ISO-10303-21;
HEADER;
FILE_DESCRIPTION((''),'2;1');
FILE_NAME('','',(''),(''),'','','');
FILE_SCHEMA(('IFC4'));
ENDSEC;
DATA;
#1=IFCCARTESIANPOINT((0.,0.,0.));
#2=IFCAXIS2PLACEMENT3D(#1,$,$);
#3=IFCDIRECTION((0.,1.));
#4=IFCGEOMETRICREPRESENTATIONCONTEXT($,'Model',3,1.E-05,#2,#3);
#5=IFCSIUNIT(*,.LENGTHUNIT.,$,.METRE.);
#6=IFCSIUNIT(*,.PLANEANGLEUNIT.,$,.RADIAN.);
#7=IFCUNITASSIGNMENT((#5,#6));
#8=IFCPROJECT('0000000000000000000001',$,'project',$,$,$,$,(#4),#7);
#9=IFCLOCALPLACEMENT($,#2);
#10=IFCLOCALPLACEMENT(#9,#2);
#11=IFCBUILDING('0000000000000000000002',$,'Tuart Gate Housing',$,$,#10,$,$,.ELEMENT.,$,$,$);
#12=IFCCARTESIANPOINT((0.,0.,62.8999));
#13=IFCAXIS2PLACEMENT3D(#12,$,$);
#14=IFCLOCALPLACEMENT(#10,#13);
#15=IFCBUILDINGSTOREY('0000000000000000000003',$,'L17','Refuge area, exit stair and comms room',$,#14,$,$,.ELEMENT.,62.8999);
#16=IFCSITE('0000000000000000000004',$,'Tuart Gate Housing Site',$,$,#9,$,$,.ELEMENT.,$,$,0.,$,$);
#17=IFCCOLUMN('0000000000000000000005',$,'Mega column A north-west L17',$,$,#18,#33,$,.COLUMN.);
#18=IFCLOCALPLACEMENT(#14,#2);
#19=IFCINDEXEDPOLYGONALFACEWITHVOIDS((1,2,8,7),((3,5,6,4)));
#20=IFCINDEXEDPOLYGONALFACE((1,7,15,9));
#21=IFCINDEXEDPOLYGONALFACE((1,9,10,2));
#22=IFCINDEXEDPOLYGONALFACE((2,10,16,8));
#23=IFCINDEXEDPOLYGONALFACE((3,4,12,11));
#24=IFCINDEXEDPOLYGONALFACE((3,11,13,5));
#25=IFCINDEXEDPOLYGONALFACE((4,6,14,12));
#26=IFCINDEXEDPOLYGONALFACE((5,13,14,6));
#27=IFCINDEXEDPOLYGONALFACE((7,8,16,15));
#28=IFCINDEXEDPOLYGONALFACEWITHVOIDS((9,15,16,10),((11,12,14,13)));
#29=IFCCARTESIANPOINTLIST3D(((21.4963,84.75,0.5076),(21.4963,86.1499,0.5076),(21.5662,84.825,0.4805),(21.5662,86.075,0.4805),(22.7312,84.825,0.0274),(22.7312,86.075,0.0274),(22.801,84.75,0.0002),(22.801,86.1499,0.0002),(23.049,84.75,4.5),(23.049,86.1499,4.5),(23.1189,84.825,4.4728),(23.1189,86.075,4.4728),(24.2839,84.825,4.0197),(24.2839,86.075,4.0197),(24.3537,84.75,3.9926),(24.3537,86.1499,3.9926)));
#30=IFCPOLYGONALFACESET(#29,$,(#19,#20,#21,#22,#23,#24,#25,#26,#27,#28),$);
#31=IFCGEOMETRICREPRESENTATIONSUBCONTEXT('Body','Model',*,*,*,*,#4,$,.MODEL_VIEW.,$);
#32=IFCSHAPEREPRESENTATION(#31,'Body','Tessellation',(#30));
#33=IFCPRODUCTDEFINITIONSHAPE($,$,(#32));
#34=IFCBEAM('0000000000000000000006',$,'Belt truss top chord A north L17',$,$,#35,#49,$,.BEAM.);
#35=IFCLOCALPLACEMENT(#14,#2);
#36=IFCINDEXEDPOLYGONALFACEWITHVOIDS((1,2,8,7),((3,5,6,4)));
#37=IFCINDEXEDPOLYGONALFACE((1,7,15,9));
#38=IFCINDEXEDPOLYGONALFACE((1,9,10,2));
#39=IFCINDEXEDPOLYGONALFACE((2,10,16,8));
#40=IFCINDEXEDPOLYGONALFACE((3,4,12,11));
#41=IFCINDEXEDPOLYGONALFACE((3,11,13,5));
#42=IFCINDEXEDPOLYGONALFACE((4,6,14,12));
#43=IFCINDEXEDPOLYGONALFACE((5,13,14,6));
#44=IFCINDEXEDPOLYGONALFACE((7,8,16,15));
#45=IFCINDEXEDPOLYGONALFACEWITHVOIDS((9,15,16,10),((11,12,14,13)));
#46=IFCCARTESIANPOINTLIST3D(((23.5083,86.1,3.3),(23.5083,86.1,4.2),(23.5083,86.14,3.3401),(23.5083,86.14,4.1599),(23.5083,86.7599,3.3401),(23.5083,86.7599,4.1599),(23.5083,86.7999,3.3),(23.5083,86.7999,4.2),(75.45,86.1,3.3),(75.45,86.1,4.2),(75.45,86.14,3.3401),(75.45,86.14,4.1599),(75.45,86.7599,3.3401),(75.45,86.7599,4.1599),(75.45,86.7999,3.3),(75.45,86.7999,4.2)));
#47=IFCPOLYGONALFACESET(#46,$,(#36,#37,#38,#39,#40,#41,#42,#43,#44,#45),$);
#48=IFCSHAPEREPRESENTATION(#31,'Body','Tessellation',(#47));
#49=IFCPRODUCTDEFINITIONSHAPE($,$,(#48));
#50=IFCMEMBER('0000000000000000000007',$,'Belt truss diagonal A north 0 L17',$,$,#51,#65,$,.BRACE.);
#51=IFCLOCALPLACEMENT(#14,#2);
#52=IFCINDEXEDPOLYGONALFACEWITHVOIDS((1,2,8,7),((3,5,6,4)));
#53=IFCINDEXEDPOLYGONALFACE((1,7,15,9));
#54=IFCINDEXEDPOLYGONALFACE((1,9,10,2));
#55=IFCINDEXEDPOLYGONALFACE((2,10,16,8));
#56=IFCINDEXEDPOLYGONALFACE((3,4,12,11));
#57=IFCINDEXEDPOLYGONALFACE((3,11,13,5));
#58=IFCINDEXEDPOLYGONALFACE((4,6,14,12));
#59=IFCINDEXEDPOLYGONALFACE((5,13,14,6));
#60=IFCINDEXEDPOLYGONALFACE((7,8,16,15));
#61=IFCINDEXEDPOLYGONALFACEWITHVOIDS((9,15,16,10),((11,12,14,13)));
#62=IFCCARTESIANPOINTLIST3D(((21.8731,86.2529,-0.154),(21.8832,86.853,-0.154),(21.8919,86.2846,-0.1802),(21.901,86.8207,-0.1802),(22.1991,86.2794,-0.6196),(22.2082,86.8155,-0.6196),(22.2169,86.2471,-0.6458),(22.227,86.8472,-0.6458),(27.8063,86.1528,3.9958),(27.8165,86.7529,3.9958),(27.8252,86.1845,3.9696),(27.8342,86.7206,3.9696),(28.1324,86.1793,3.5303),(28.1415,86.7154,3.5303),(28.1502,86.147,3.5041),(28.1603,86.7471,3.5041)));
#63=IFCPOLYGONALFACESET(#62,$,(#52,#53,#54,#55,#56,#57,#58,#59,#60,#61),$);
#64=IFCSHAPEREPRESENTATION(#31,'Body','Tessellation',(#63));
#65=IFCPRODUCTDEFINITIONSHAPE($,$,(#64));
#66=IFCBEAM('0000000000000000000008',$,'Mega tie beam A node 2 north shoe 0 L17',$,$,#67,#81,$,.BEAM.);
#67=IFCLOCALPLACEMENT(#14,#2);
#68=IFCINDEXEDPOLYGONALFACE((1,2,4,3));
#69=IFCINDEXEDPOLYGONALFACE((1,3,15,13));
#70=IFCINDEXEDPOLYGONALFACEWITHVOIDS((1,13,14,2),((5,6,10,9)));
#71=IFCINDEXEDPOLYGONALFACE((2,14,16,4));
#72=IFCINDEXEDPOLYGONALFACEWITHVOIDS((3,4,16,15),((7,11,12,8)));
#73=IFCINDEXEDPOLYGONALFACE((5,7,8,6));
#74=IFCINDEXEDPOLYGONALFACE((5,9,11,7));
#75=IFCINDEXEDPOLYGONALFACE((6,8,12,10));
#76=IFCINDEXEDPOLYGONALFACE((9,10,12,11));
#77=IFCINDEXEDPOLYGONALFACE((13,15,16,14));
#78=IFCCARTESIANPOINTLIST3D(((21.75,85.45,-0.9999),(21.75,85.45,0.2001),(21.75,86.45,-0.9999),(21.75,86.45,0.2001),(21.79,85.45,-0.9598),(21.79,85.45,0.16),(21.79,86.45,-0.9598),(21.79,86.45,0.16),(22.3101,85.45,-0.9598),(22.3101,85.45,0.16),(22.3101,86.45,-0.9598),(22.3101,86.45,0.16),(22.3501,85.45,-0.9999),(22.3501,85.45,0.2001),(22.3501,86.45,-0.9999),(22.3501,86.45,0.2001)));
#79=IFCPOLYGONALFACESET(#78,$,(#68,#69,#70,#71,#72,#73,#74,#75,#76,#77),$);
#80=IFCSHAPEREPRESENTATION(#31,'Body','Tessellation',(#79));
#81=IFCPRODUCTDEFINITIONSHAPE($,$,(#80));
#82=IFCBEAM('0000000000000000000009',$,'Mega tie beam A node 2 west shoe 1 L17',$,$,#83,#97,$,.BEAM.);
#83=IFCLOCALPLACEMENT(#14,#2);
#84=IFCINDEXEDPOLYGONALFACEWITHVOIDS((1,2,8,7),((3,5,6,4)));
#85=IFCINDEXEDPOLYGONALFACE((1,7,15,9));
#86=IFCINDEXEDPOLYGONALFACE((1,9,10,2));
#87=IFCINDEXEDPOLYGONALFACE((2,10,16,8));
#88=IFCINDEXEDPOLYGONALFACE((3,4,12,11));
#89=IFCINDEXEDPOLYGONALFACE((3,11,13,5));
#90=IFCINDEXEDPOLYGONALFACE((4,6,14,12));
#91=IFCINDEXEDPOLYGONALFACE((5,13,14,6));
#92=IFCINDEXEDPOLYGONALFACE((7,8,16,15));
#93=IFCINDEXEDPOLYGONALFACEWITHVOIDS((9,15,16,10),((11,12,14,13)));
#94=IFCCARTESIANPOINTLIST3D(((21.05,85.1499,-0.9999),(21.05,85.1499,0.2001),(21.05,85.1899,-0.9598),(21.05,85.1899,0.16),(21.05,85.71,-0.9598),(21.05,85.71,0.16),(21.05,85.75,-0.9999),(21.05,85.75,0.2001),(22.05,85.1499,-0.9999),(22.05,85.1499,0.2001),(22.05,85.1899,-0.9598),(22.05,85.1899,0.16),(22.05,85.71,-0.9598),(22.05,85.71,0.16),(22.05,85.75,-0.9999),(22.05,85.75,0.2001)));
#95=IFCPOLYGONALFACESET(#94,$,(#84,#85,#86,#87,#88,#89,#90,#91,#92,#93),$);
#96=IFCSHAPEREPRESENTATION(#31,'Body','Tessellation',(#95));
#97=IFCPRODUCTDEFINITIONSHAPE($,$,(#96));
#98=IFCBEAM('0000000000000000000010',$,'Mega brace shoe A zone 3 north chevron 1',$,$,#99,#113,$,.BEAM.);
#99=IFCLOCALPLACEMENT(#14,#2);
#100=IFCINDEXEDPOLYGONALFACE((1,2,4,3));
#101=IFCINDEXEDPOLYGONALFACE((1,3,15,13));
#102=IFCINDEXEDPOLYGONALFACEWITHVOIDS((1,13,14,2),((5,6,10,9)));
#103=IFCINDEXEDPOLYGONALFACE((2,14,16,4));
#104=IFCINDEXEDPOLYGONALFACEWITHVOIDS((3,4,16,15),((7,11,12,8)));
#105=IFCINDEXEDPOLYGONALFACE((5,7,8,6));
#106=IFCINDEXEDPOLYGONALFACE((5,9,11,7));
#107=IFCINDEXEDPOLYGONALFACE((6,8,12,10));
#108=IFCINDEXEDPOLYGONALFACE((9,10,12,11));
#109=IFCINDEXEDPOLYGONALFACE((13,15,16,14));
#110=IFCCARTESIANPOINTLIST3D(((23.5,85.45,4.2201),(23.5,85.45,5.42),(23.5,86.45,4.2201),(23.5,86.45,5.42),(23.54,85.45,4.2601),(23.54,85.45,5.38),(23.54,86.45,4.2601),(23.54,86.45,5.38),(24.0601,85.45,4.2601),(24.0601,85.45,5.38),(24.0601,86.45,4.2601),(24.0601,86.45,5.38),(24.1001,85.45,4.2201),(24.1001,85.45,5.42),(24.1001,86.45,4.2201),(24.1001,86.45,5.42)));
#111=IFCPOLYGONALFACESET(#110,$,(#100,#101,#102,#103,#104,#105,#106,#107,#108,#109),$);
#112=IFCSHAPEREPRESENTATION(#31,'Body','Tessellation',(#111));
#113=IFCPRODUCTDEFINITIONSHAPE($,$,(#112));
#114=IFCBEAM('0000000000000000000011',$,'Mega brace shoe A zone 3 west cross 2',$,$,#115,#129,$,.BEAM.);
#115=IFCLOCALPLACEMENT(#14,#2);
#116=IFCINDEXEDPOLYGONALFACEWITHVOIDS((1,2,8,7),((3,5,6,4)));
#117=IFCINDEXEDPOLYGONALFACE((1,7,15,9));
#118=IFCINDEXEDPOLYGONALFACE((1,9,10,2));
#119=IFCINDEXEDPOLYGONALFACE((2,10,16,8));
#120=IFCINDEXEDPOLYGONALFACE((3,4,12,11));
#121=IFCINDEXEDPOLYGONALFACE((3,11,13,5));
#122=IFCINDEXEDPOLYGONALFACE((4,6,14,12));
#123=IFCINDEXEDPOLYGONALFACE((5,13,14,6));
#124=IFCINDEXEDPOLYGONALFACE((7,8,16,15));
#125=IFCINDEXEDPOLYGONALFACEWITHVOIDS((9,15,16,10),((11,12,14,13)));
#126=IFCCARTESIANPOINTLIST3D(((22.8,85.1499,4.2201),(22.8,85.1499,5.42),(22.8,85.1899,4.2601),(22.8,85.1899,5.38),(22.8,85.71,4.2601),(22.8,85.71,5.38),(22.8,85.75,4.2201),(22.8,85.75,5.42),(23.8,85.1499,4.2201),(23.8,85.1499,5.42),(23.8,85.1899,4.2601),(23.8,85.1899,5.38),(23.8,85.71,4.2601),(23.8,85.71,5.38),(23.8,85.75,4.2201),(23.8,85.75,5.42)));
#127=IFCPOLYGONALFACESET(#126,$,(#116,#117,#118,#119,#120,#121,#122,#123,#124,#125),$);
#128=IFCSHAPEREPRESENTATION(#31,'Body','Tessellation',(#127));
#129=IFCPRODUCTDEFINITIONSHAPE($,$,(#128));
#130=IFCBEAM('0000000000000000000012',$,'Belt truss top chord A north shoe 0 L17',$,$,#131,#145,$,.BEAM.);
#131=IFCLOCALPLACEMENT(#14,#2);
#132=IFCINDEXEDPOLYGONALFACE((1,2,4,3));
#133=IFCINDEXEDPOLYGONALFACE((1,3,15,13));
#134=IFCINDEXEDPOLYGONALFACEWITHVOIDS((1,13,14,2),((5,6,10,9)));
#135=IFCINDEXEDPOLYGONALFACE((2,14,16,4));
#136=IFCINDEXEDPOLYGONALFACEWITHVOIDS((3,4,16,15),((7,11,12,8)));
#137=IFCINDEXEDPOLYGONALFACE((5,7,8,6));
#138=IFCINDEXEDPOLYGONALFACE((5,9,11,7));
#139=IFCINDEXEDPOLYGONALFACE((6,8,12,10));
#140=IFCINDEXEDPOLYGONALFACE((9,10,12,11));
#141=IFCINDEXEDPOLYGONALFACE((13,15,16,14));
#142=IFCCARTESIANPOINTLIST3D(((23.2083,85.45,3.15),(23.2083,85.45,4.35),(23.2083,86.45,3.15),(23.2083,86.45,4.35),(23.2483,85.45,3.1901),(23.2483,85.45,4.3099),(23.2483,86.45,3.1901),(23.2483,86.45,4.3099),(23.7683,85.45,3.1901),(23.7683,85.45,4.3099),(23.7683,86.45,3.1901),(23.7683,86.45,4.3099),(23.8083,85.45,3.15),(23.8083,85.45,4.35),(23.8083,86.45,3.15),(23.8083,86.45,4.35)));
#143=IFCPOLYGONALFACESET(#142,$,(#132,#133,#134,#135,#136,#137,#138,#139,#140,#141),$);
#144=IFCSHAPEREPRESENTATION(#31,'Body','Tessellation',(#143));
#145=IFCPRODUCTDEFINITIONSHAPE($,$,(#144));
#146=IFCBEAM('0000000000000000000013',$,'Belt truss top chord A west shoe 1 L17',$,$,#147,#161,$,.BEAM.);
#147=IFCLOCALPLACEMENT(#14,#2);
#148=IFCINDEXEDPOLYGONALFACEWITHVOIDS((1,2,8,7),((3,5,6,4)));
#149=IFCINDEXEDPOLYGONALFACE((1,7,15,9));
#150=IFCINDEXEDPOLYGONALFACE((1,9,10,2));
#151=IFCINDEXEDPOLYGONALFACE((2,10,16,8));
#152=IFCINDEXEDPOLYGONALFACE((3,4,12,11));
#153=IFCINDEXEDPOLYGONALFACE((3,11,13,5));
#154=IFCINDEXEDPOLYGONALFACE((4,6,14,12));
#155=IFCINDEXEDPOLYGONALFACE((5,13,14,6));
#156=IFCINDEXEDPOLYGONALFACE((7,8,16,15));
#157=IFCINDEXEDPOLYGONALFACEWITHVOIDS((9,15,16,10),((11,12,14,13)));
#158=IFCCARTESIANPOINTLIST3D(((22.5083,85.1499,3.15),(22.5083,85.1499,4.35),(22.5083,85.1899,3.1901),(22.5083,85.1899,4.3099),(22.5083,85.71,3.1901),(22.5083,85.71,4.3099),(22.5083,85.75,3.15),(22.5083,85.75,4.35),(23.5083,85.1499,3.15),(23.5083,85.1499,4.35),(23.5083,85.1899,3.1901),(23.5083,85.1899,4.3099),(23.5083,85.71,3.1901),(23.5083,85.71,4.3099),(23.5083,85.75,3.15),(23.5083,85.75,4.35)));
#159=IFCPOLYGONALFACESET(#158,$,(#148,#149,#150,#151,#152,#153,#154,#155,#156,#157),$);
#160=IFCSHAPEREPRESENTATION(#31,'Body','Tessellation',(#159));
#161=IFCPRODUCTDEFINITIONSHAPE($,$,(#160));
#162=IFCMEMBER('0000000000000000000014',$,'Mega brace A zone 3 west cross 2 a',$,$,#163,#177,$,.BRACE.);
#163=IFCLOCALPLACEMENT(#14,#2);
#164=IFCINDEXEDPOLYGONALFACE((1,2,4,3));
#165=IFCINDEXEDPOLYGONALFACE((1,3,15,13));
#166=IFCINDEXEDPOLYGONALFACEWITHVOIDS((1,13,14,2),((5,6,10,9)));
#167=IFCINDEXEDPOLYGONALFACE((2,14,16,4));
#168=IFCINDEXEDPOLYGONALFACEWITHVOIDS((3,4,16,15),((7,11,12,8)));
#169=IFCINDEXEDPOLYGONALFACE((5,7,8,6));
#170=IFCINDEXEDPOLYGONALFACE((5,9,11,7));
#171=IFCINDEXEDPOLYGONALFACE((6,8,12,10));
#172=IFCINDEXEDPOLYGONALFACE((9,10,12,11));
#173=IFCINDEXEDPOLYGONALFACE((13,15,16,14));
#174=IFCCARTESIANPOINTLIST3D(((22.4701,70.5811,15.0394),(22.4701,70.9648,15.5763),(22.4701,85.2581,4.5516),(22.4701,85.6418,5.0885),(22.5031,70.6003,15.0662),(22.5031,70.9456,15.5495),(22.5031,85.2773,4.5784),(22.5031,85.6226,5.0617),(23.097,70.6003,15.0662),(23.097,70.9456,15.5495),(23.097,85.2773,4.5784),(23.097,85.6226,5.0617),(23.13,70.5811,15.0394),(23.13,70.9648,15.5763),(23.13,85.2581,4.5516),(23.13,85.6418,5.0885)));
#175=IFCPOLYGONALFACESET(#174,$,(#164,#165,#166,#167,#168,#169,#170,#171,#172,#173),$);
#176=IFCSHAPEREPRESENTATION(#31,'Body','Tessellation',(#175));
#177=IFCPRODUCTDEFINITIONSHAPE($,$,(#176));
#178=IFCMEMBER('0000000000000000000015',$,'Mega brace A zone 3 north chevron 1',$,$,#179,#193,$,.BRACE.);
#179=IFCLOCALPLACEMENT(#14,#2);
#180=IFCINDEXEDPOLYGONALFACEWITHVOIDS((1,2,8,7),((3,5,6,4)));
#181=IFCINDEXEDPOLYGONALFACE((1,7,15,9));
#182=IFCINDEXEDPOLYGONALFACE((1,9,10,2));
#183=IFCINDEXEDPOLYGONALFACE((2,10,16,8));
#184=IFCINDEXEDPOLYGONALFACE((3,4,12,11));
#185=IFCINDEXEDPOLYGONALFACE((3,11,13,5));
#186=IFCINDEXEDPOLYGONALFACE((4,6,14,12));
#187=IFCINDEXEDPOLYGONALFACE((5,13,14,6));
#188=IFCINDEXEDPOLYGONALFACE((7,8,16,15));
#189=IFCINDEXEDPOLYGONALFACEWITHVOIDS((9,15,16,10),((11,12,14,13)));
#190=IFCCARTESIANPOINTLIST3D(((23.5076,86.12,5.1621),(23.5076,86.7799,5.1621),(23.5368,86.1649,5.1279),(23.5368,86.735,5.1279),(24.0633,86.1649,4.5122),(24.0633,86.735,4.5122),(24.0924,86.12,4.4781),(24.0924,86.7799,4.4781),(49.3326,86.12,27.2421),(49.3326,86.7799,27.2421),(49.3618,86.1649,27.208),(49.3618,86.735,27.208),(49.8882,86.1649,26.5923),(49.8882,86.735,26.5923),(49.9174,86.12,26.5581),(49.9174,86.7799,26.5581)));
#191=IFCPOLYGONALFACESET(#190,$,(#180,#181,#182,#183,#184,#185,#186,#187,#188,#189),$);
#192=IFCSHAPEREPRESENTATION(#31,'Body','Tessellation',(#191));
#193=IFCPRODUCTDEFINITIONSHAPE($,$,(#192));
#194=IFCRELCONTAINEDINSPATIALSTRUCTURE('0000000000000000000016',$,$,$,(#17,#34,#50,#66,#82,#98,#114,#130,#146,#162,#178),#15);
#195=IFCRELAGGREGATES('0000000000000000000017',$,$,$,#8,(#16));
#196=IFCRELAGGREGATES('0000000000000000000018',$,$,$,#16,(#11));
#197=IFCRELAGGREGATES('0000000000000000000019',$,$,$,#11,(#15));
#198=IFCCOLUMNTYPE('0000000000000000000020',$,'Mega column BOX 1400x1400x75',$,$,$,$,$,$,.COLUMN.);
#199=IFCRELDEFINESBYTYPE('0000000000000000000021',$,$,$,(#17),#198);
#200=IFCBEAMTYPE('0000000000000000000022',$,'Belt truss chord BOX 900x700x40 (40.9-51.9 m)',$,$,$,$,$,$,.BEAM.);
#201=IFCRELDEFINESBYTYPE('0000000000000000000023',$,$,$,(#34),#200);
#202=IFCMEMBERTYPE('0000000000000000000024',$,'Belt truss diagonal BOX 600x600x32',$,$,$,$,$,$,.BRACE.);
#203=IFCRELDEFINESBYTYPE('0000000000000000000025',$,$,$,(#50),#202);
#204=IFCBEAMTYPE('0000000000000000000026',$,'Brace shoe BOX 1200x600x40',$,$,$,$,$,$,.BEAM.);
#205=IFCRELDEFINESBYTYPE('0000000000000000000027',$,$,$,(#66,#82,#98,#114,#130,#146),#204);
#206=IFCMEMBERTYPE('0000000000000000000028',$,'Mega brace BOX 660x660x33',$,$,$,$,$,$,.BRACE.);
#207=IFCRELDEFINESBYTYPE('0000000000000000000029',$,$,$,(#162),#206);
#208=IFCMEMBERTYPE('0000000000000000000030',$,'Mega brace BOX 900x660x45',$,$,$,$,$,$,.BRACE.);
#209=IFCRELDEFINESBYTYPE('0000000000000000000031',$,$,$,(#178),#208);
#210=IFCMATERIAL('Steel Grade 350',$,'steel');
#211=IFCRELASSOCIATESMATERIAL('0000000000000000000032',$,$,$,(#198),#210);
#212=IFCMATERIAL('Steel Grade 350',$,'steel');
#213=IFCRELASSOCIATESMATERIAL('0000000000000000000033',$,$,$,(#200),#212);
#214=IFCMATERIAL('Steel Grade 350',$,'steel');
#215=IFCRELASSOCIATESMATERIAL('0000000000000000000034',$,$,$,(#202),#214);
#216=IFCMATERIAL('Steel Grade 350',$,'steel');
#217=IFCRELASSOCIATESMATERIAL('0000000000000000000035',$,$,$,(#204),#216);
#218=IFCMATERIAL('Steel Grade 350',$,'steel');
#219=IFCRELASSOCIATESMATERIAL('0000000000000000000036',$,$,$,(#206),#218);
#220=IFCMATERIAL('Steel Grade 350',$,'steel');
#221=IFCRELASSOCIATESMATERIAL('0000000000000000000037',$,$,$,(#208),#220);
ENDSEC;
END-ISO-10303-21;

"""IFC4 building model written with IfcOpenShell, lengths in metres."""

from ifc_helpers import new_model, si_unit, direction, frame, origin, origin_2d, place, context, subcontext, project, spatial, hollow_rectangle, extrude, material, material_profile, profile_set, type_object, element, save


model = new_model("IFC4")

# Units and contexts
model_context = context("Model", 3, precision=1e-05, world=origin(), true_north=direction((0.0, 1.0)))
body_context = subcontext(model_context, "Body", "Model", "MODEL_VIEW")
ifc_project = project(units=[si_unit("LENGTHUNIT", "METRE"), si_unit("PLANEANGLEUNIT", "RADIAN")], contexts=[model_context])

# Site, building, storey
site_placement = place(None, origin())
site = spatial("IfcSite", under=ifc_project, at=site_placement, Name="Tuart Gate Housing Site", CompositionType="ELEMENT", RefElevation=0.0)
building_placement = place(site_placement, origin())
building = spatial("IfcBuilding", under=site, at=building_placement, Name="Tuart Gate Housing", CompositionType="ELEMENT")
storey_placement = place(building_placement, frame((0.0, 0.0, 62.8999)))
storey = spatial("IfcBuildingStorey", under=building, at=storey_placement, Name="L17", Description="Refuge area, exit stair and comms room", CompositionType="ELEMENT", Elevation=62.8999)

# Column
ifc_material_1 = material(Name="Steel Grade 350", Category="steel")
ifc_material_profile_1 = material_profile(ifc_material_1, hollow_rectangle(XDim=1.3999, YDim=1.3999, WallThickness=0.075, at=origin_2d()), Name="BOX 1400x1400x75")
ifc_profile_set_1 = profile_set([ifc_material_profile_1], Name="Steel Grade 350")
column_type = type_object("IfcColumnType", Name="Mega column BOX 1400x1400x75", PredefinedType="COLUMN", material=ifc_profile_set_1)
column_placement = place(storey_placement, frame((22.1487, 85.45, 0.2539), z_axis=(0.362471, 0.0, 0.931995), x_axis=(0.0, 1.0, 0.0)))
element("IfcColumn", 1, at=column_placement, inside=storey, type_object=column_type, Name="Mega column A north-west L17", PredefinedType="COLUMN", context=body_context, shape_type="SweptSolid", body=[
    extrude(hollow_rectangle(XDim=1.3999, YDim=1.3999, WallThickness=0.075, at=origin_2d()), origin(), (0.0, 0.0, 1.0), 4.2837),
])

# Beam
ifc_material_2 = material(Name="Steel Grade 350", Category="steel")
ifc_material_profile_2 = material_profile(ifc_material_2, hollow_rectangle(XDim=0.7, YDim=0.8999, WallThickness=0.04, at=origin_2d()), Name="BOX 900x700x40")
ifc_profile_set_2 = profile_set([ifc_material_profile_2], Name="Steel Grade 350")
beam_type_1 = type_object("IfcBeamType", Name="Belt truss chord BOX 900x700x40 (40.9-51.9 m)", PredefinedType="BEAM", material=ifc_profile_set_2)
beam_1_placement = place(storey_placement, frame((23.5083, 86.45, 3.75), z_axis=(1.0, 0.0, 0.0), x_axis=(0.0, 1.0, 0.0)))
element("IfcBeam", 2, at=beam_1_placement, inside=storey, type_object=beam_type_1, Name="Belt truss top chord A north L17", PredefinedType="BEAM", context=body_context, shape_type="SweptSolid", body=[
    extrude(hollow_rectangle(XDim=0.7, YDim=0.8999, WallThickness=0.04, at=origin_2d()), origin(), (0.0, 0.0, 1.0), 51.9417),
])

# Member
ifc_material_3 = material(Name="Steel Grade 350", Category="steel")
ifc_material_profile_3 = material_profile(ifc_material_3, hollow_rectangle(XDim=0.6001, YDim=0.6001, WallThickness=0.032, at=origin_2d()), Name="BOX 600x600x32")
ifc_profile_set_3 = profile_set([ifc_material_profile_3], Name="Steel Grade 350")
member_type_1 = type_object("IfcMemberType", Name="Belt truss diagonal BOX 600x600x32", PredefinedType="BRACE", material=ifc_profile_set_3)
member_1_placement = place(storey_placement, frame((22.05, 86.55, -0.3999), z_axis=(0.819377, -0.013823, 0.573088), x_axis=(0.016868, 0.999858, 0.0)))
element("IfcMember", 3, at=member_1_placement, inside=storey, type_object=member_type_1, Name="Belt truss diagonal A north 0 L17", PredefinedType="BRACE", context=body_context, shape_type="SweptSolid", body=[
    extrude(hollow_rectangle(XDim=0.6001, YDim=0.6001, WallThickness=0.032, at=origin_2d()), origin(), (0.0, 0.0, 1.0), 7.2412),
])

# Beams
ifc_material_4 = material(Name="Steel Grade 350", Category="steel")
ifc_material_profile_4 = material_profile(ifc_material_4, hollow_rectangle(XDim=0.6001, YDim=1.2, WallThickness=0.04, at=origin_2d()), Name="BOX 1200x600x40")
ifc_profile_set_4 = profile_set([ifc_material_profile_4], Name="Steel Grade 350")
beam_type_2 = type_object("IfcBeamType", Name="Brace shoe BOX 1200x600x40", PredefinedType="BEAM", material=ifc_profile_set_4)
for number, where, z_axis, x_axis, name in (
    (4, (22.05, 85.45, -0.3999), (0.0, 1.0, 0.0), (-1.0, 0.0, 0.0), "Mega tie beam A node 2 north shoe 0 L17"),
    (5, (22.05, 85.45, -0.3999), (-1.0, 0.0, 0.0), (0.0, -1.0, 0.0), "Mega tie beam A node 2 west shoe 1 L17"),
    (6, (23.8, 85.45, 4.8201), (0.0, 1.0, 0.0), (-1.0, 0.0, 0.0), "Mega brace shoe A zone 3 north chevron 1"),
    (7, (23.8, 85.45, 4.8201), (-1.0, 0.0, 0.0), (0.0, -1.0, 0.0), "Mega brace shoe A zone 3 west cross 2"),
    (8, (23.5083, 85.45, 3.75), (0.0, 1.0, 0.0), (-1.0, 0.0, 0.0), "Belt truss top chord A north shoe 0 L17"),
    (9, (23.5083, 85.45, 3.75), (-1.0, 0.0, 0.0), (0.0, -1.0, 0.0), "Belt truss top chord A west shoe 1 L17"),
):
    element("IfcBeam", number, at=place(storey_placement, frame(where, z_axis=z_axis, x_axis=x_axis)), inside=storey, type_object=beam_type_2, Name=name, PredefinedType="BEAM", context=body_context, shape_type="SweptSolid", body=[
        extrude(hollow_rectangle(XDim=0.6001, YDim=1.2, WallThickness=0.04, at=origin_2d()), origin(), (0.0, 0.0, 1.0), 1.0),
    ])

# Members
ifc_material_5 = material(Name="Steel Grade 350", Category="steel")
ifc_material_profile_5 = material_profile(ifc_material_5, hollow_rectangle(XDim=0.6599, YDim=0.6599, WallThickness=0.033, at=origin_2d()), Name="BOX 660x660x33")
ifc_profile_set_5 = profile_set([ifc_material_profile_5], Name="Steel Grade 350")
member_type_2 = type_object("IfcMemberType", Name="Mega brace BOX 660x660x33", PredefinedType="BRACE", material=ifc_profile_set_5)
member_2_placement = place(storey_placement, frame((22.8, 85.45, 4.8201), z_axis=(0.0, -0.813623, 0.581393), x_axis=(1.0, 0.0, 0.0)))
element("IfcMember", 10, at=member_2_placement, inside=storey, type_object=member_type_2, Name="Mega brace A zone 3 west cross 2 a", PredefinedType="BRACE", context=body_context, shape_type="SweptSolid", body=[
    extrude(hollow_rectangle(XDim=0.6599, YDim=0.6599, WallThickness=0.033, at=origin_2d()), origin(), (0.0, 0.0, 1.0), 18.0391),
])
ifc_material_6 = material(Name="Steel Grade 350", Category="steel")
ifc_material_profile_6 = material_profile(ifc_material_6, hollow_rectangle(XDim=0.6599, YDim=0.8999, WallThickness=0.0449, at=origin_2d()), Name="BOX 900x660x45")
ifc_profile_set_6 = profile_set([ifc_material_profile_6], Name="Steel Grade 350")
member_type_3 = type_object("IfcMemberType", Name="Mega brace BOX 900x660x45", PredefinedType="BRACE", material=ifc_profile_set_6)
member_3_placement = place(storey_placement, frame((23.8, 86.45, 4.8201), z_axis=(0.760065, 0.0, 0.649848), x_axis=(0.0, 1.0, 0.0)))
element("IfcMember", 11, at=member_3_placement, inside=storey, type_object=member_type_3, Name="Mega brace A zone 3 north chevron 1", PredefinedType="BRACE", context=body_context, shape_type="SweptSolid", body=[
    extrude(hollow_rectangle(XDim=0.6599, YDim=0.8999, WallThickness=0.0449, at=origin_2d()), origin(), (0.0, 0.0, 1.0), 33.9773),
])

save(model, "model.ifc")
